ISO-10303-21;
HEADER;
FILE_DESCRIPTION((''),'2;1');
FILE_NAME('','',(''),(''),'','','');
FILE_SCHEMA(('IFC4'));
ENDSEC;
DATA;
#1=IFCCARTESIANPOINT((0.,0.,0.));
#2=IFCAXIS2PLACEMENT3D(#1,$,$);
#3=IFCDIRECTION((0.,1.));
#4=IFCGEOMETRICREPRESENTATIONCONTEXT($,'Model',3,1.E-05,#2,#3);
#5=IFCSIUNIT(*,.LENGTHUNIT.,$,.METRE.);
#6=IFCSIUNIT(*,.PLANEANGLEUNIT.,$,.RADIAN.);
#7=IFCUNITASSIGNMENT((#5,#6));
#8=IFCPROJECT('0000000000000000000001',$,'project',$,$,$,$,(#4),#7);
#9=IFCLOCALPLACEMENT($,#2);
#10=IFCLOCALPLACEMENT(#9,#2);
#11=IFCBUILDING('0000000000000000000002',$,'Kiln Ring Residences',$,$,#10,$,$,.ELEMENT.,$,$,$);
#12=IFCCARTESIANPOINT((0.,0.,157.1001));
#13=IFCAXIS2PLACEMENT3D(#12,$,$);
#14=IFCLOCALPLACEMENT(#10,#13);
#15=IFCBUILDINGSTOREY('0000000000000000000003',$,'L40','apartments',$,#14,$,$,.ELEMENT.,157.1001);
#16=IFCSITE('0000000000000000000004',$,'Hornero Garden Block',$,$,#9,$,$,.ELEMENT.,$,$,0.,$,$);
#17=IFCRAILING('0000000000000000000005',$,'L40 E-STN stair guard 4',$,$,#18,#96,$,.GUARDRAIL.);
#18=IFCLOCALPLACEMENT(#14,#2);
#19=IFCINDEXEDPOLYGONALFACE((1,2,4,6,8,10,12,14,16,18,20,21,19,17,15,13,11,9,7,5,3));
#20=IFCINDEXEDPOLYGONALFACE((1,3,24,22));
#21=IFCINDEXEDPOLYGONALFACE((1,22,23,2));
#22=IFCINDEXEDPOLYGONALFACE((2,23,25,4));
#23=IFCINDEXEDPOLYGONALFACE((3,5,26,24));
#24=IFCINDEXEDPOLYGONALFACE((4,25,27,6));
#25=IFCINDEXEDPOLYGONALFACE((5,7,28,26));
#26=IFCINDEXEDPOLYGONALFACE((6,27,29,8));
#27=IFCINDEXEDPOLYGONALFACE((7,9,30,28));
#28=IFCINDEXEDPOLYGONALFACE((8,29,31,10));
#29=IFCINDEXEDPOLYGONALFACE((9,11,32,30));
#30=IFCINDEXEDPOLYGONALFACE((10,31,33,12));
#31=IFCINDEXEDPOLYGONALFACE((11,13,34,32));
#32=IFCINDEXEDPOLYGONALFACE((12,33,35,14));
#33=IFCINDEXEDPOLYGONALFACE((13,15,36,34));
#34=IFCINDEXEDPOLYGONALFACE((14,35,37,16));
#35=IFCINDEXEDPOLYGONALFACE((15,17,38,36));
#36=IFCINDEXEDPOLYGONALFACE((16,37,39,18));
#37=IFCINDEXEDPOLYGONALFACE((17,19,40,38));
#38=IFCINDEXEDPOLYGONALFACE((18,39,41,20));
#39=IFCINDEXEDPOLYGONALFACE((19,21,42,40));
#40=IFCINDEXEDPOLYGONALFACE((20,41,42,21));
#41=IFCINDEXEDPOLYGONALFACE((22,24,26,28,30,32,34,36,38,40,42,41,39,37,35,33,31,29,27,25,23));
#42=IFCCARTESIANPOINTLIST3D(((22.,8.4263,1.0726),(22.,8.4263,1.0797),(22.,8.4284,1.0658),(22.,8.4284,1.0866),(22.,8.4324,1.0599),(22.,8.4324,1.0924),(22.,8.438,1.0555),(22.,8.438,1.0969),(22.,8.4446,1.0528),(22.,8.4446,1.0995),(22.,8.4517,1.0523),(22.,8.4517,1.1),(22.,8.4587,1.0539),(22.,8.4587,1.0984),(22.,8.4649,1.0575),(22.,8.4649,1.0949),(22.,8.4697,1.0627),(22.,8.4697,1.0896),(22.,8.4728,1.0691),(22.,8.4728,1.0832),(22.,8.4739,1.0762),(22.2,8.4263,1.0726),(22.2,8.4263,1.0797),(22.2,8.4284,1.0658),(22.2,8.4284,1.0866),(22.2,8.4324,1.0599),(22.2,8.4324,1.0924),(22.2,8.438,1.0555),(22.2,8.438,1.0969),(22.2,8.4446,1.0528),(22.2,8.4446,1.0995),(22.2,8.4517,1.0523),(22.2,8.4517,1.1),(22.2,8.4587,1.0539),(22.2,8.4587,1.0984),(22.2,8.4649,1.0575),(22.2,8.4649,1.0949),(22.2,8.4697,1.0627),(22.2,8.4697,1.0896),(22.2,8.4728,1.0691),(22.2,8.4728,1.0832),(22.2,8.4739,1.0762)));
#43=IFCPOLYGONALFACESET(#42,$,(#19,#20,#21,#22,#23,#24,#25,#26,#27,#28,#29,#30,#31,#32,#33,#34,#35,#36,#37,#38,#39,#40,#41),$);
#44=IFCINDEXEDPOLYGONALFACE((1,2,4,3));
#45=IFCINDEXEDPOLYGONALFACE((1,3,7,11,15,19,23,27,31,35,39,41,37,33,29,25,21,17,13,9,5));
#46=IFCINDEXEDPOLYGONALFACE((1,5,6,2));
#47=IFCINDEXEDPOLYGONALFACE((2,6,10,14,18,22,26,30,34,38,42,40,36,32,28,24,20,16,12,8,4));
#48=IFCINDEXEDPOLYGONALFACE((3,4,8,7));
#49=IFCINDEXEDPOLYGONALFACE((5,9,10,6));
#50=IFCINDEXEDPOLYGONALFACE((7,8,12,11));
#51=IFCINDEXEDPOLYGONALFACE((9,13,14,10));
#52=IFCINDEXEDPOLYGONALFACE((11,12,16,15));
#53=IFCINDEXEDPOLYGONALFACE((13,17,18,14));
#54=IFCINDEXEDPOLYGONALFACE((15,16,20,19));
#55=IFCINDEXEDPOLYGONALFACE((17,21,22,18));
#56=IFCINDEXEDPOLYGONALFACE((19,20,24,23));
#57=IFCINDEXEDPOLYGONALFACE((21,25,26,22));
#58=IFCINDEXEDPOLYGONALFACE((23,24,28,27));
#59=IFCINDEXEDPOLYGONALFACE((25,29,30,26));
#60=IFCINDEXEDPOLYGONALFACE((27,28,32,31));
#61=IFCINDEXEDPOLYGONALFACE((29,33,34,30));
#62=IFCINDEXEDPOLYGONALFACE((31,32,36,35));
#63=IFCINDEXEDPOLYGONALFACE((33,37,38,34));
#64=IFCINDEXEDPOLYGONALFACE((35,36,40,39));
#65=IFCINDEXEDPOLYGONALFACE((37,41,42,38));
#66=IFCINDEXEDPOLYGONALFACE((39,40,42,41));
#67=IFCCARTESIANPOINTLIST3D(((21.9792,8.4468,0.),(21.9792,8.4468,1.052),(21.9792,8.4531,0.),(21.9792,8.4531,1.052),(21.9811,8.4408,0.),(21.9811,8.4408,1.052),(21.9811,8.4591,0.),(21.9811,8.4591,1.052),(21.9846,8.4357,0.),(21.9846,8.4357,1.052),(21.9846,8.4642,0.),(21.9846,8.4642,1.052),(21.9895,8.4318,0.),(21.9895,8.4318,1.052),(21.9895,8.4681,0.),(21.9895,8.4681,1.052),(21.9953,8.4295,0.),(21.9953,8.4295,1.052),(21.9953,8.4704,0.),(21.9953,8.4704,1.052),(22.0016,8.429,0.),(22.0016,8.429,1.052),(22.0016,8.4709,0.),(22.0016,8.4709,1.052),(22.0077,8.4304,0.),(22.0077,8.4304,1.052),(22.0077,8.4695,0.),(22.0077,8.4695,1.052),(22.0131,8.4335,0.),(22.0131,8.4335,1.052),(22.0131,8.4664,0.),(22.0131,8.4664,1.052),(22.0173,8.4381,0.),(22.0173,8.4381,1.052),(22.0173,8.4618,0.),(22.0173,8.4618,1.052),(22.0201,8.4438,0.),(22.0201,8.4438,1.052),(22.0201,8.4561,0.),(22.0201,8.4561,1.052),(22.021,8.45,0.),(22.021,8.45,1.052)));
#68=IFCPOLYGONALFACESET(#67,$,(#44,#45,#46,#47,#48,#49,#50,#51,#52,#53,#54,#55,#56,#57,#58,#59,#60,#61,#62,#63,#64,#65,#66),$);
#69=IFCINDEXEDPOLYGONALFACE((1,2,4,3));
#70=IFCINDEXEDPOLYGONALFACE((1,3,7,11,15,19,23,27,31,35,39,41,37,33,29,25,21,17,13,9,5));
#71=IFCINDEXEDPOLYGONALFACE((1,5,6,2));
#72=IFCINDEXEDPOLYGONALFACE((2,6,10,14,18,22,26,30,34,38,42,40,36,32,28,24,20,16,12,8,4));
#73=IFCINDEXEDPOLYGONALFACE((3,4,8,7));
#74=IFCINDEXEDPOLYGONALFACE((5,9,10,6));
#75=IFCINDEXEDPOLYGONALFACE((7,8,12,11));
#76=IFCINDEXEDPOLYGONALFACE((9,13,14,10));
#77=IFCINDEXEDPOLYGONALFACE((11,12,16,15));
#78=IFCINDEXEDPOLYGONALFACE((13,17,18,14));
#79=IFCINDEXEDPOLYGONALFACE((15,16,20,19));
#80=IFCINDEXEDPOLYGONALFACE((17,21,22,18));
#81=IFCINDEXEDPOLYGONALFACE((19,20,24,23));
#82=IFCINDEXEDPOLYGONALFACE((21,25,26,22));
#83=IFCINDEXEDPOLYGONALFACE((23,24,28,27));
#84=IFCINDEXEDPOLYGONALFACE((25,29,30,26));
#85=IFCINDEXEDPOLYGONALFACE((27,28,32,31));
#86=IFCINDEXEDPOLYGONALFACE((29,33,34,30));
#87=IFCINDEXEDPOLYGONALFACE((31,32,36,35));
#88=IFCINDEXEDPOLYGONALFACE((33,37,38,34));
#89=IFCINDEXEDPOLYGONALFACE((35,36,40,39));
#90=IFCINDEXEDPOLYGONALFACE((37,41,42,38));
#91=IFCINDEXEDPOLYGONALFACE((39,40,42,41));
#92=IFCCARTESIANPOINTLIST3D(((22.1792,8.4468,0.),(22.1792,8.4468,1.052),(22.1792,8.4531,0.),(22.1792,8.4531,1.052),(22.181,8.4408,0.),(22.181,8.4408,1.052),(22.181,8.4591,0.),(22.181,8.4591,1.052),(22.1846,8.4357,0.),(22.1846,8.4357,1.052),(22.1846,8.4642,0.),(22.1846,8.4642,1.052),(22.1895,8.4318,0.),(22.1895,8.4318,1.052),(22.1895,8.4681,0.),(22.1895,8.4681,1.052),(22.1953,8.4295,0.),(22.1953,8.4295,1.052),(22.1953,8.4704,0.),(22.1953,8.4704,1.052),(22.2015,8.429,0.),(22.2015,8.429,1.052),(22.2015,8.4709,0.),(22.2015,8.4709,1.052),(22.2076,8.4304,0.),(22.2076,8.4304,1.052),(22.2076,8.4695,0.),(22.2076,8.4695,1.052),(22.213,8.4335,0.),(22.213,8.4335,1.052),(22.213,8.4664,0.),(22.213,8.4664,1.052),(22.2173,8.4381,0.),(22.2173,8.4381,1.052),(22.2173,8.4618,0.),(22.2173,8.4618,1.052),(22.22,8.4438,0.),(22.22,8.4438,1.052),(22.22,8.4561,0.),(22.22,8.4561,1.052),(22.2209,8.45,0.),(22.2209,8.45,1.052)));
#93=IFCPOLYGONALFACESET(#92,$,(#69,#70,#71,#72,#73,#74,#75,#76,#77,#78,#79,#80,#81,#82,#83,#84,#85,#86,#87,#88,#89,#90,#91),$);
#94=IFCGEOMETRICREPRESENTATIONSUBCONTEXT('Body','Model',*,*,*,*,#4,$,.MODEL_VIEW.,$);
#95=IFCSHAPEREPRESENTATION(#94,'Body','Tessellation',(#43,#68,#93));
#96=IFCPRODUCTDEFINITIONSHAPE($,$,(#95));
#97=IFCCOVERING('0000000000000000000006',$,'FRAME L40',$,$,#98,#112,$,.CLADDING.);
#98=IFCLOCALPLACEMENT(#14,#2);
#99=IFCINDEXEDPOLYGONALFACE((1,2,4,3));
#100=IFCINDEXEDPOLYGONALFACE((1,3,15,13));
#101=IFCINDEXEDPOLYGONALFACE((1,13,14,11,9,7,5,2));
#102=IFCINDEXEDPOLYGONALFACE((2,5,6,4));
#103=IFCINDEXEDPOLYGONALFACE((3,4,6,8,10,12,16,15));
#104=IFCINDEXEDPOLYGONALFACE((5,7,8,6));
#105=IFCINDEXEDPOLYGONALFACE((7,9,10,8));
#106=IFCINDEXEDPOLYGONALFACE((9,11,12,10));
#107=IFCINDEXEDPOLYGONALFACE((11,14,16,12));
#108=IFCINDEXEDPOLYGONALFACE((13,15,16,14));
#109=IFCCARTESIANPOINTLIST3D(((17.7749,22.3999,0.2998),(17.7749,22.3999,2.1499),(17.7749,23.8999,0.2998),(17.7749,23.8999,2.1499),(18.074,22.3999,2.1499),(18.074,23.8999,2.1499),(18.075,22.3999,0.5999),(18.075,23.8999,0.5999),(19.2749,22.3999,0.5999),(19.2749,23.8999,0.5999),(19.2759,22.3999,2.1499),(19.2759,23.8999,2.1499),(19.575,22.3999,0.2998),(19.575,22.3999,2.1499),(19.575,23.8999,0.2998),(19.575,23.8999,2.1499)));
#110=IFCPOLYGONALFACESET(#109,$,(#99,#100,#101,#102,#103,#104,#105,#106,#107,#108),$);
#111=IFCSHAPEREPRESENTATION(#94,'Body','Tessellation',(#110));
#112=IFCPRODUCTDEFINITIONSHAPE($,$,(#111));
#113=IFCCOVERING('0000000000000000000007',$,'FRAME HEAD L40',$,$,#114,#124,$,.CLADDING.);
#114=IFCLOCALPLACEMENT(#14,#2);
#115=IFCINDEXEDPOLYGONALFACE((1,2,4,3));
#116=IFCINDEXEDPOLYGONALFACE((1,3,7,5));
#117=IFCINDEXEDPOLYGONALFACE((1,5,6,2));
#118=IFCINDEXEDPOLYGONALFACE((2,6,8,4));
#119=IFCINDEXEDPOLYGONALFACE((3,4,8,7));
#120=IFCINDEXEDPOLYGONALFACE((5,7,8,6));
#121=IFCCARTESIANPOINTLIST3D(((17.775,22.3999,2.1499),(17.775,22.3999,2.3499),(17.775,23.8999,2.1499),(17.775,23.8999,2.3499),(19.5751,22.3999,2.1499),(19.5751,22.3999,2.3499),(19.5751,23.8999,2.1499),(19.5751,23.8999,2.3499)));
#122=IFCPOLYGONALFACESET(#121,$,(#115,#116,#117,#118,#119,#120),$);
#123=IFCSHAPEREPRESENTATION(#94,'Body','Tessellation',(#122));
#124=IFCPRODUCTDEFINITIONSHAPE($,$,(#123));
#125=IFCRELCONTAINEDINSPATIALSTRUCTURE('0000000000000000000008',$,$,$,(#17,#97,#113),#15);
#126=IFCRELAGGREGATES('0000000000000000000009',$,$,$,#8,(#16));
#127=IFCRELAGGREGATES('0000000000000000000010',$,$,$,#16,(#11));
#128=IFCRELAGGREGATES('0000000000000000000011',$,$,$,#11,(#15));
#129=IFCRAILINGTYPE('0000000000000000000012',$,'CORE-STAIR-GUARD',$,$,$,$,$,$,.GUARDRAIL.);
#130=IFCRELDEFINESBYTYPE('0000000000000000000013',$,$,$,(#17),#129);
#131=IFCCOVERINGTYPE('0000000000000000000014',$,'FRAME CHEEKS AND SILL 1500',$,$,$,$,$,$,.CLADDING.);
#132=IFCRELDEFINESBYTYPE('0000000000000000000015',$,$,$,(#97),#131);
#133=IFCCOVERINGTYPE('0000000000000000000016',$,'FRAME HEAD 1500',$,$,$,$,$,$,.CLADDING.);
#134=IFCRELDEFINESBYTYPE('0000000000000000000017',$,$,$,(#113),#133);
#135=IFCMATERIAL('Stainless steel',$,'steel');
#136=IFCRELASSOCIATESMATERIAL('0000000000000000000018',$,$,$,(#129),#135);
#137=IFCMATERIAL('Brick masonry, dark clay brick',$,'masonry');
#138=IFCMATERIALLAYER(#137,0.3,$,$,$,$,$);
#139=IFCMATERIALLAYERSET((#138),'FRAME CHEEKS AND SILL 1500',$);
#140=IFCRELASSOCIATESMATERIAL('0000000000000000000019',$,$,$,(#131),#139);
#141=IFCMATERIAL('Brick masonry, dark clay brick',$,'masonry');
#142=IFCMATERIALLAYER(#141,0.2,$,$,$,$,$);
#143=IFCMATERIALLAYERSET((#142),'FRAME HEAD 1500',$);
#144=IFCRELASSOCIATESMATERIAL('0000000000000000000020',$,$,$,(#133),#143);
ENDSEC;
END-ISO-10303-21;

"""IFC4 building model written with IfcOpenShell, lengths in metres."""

from ifc_helpers import new_model, si_unit, direction, frame, origin, origin_2d, place, context, subcontext, project, spatial, polyline, rectangle, circle, outline, extrude, material, layer, layer_set, type_object, element, save


model = new_model("IFC4")

# Units and contexts
model_context = context("Model", 3, precision=1e-05, world=origin(), true_north=direction((0.0, 1.0)))
body_context = subcontext(model_context, "Body", "Model", "MODEL_VIEW")
ifc_project = project(units=[si_unit("LENGTHUNIT", "METRE"), si_unit("PLANEANGLEUNIT", "RADIAN")], contexts=[model_context])

# Site, building, storey
site_placement = place(None, origin())
site = spatial("IfcSite", under=ifc_project, at=site_placement, Name="Hornero Garden Block", CompositionType="ELEMENT", RefElevation=0.0)
building_placement = place(site_placement, origin())
building = spatial("IfcBuilding", under=site, at=building_placement, Name="Kiln Ring Residences", CompositionType="ELEMENT")
storey_placement = place(building_placement, frame((0.0, 0.0, 157.1001)))
storey = spatial("IfcBuildingStorey", under=building, at=storey_placement, Name="L40", Description="apartments", CompositionType="ELEMENT", Elevation=157.1001)

# Railing
ifc_material_1 = material(Name="Stainless steel", Category="steel")
railing_type = type_object("IfcRailingType", Name="CORE-STAIR-GUARD", PredefinedType="GUARDRAIL", material=ifc_material_1)
railing_1_placement = place(storey_placement, frame((22.0, 8.45, 0.0)))
element("IfcRailing", 1, at=railing_1_placement, inside=storey, type_object=railing_type, Name="L40 E-STN stair guard 4", PredefinedType="GUARDRAIL", context=body_context, shape_type="SweptSolid", body=[
    extrude(circle(Radius=0.0239, at=origin_2d()), frame((0.0, 0.0, 1.0762), z_axis=(1.0, 0.0, 0.0), x_axis=(0.0, 1.0, 0.0)), (0.0, 0.0, 1.0), 0.2),
    extrude(circle(Radius=0.021, at=origin_2d()), origin(), (0.0, 0.0, 1.0), 1.052),
    extrude(circle(Radius=0.021, at=origin_2d()), frame((0.2, 0.0, 0.0)), (0.0, 0.0, 1.0), 1.052),
])

# Coverings
ifc_material_2 = material(Name="Brick masonry, dark clay brick", Category="masonry")
ifc_layer_1 = layer(ifc_material_2, 0.3)
ifc_layer_set_1 = layer_set([ifc_layer_1], Name="FRAME CHEEKS AND SILL 1500")
covering_type_1 = type_object("IfcCoveringType", Name="FRAME CHEEKS AND SILL 1500", PredefinedType="CLADDING", material=ifc_layer_set_1)
covering_1_placement = place(storey_placement, frame((19.575, 23.1499, 0.2998), z_axis=(0.0, 0.0, 1.0), x_axis=(-1.0, 0.0, 0.0)))
element("IfcCovering", 2, at=covering_1_placement, inside=storey, type_object=covering_type_1, Name="FRAME L40", PredefinedType="CLADDING", context=body_context, shape_type="SweptSolid", body=[
    extrude(outline(polyline([(0.0, 0.0), (1.8, 0.0), (1.8, 1.8501), (1.501, 1.8501), (1.5, 0.3), (0.3, 0.3), (0.2991, 1.8501), (0.0, 1.8501), (0.0, 0.0)])), frame((0.0, 0.75, 0.0), z_axis=(0.0, -1.0, 0.0), x_axis=(1.0, 0.0, 0.0)), (0.0, 0.0, 1.0), 1.5),
])
ifc_material_3 = material(Name="Brick masonry, dark clay brick", Category="masonry")
ifc_layer_2 = layer(ifc_material_3, 0.2)
ifc_layer_set_2 = layer_set([ifc_layer_2], Name="FRAME HEAD 1500")
covering_type_2 = type_object("IfcCoveringType", Name="FRAME HEAD 1500", PredefinedType="CLADDING", material=ifc_layer_set_2)
covering_2_placement = place(storey_placement, frame((18.675, 23.1499, 2.1499), z_axis=(0.0, 0.0, 1.0), x_axis=(-1.0, 0.0, 0.0)))
element("IfcCovering", 3, at=covering_2_placement, inside=storey, type_object=covering_type_2, Name="FRAME HEAD L40", PredefinedType="CLADDING", context=body_context, shape_type="SweptSolid", body=[
    extrude(rectangle(XDim=1.8, YDim=1.5, at=origin_2d()), origin(), (0.0, 0.0, 1.0), 0.2),
])

save(model, "model.ifc")
